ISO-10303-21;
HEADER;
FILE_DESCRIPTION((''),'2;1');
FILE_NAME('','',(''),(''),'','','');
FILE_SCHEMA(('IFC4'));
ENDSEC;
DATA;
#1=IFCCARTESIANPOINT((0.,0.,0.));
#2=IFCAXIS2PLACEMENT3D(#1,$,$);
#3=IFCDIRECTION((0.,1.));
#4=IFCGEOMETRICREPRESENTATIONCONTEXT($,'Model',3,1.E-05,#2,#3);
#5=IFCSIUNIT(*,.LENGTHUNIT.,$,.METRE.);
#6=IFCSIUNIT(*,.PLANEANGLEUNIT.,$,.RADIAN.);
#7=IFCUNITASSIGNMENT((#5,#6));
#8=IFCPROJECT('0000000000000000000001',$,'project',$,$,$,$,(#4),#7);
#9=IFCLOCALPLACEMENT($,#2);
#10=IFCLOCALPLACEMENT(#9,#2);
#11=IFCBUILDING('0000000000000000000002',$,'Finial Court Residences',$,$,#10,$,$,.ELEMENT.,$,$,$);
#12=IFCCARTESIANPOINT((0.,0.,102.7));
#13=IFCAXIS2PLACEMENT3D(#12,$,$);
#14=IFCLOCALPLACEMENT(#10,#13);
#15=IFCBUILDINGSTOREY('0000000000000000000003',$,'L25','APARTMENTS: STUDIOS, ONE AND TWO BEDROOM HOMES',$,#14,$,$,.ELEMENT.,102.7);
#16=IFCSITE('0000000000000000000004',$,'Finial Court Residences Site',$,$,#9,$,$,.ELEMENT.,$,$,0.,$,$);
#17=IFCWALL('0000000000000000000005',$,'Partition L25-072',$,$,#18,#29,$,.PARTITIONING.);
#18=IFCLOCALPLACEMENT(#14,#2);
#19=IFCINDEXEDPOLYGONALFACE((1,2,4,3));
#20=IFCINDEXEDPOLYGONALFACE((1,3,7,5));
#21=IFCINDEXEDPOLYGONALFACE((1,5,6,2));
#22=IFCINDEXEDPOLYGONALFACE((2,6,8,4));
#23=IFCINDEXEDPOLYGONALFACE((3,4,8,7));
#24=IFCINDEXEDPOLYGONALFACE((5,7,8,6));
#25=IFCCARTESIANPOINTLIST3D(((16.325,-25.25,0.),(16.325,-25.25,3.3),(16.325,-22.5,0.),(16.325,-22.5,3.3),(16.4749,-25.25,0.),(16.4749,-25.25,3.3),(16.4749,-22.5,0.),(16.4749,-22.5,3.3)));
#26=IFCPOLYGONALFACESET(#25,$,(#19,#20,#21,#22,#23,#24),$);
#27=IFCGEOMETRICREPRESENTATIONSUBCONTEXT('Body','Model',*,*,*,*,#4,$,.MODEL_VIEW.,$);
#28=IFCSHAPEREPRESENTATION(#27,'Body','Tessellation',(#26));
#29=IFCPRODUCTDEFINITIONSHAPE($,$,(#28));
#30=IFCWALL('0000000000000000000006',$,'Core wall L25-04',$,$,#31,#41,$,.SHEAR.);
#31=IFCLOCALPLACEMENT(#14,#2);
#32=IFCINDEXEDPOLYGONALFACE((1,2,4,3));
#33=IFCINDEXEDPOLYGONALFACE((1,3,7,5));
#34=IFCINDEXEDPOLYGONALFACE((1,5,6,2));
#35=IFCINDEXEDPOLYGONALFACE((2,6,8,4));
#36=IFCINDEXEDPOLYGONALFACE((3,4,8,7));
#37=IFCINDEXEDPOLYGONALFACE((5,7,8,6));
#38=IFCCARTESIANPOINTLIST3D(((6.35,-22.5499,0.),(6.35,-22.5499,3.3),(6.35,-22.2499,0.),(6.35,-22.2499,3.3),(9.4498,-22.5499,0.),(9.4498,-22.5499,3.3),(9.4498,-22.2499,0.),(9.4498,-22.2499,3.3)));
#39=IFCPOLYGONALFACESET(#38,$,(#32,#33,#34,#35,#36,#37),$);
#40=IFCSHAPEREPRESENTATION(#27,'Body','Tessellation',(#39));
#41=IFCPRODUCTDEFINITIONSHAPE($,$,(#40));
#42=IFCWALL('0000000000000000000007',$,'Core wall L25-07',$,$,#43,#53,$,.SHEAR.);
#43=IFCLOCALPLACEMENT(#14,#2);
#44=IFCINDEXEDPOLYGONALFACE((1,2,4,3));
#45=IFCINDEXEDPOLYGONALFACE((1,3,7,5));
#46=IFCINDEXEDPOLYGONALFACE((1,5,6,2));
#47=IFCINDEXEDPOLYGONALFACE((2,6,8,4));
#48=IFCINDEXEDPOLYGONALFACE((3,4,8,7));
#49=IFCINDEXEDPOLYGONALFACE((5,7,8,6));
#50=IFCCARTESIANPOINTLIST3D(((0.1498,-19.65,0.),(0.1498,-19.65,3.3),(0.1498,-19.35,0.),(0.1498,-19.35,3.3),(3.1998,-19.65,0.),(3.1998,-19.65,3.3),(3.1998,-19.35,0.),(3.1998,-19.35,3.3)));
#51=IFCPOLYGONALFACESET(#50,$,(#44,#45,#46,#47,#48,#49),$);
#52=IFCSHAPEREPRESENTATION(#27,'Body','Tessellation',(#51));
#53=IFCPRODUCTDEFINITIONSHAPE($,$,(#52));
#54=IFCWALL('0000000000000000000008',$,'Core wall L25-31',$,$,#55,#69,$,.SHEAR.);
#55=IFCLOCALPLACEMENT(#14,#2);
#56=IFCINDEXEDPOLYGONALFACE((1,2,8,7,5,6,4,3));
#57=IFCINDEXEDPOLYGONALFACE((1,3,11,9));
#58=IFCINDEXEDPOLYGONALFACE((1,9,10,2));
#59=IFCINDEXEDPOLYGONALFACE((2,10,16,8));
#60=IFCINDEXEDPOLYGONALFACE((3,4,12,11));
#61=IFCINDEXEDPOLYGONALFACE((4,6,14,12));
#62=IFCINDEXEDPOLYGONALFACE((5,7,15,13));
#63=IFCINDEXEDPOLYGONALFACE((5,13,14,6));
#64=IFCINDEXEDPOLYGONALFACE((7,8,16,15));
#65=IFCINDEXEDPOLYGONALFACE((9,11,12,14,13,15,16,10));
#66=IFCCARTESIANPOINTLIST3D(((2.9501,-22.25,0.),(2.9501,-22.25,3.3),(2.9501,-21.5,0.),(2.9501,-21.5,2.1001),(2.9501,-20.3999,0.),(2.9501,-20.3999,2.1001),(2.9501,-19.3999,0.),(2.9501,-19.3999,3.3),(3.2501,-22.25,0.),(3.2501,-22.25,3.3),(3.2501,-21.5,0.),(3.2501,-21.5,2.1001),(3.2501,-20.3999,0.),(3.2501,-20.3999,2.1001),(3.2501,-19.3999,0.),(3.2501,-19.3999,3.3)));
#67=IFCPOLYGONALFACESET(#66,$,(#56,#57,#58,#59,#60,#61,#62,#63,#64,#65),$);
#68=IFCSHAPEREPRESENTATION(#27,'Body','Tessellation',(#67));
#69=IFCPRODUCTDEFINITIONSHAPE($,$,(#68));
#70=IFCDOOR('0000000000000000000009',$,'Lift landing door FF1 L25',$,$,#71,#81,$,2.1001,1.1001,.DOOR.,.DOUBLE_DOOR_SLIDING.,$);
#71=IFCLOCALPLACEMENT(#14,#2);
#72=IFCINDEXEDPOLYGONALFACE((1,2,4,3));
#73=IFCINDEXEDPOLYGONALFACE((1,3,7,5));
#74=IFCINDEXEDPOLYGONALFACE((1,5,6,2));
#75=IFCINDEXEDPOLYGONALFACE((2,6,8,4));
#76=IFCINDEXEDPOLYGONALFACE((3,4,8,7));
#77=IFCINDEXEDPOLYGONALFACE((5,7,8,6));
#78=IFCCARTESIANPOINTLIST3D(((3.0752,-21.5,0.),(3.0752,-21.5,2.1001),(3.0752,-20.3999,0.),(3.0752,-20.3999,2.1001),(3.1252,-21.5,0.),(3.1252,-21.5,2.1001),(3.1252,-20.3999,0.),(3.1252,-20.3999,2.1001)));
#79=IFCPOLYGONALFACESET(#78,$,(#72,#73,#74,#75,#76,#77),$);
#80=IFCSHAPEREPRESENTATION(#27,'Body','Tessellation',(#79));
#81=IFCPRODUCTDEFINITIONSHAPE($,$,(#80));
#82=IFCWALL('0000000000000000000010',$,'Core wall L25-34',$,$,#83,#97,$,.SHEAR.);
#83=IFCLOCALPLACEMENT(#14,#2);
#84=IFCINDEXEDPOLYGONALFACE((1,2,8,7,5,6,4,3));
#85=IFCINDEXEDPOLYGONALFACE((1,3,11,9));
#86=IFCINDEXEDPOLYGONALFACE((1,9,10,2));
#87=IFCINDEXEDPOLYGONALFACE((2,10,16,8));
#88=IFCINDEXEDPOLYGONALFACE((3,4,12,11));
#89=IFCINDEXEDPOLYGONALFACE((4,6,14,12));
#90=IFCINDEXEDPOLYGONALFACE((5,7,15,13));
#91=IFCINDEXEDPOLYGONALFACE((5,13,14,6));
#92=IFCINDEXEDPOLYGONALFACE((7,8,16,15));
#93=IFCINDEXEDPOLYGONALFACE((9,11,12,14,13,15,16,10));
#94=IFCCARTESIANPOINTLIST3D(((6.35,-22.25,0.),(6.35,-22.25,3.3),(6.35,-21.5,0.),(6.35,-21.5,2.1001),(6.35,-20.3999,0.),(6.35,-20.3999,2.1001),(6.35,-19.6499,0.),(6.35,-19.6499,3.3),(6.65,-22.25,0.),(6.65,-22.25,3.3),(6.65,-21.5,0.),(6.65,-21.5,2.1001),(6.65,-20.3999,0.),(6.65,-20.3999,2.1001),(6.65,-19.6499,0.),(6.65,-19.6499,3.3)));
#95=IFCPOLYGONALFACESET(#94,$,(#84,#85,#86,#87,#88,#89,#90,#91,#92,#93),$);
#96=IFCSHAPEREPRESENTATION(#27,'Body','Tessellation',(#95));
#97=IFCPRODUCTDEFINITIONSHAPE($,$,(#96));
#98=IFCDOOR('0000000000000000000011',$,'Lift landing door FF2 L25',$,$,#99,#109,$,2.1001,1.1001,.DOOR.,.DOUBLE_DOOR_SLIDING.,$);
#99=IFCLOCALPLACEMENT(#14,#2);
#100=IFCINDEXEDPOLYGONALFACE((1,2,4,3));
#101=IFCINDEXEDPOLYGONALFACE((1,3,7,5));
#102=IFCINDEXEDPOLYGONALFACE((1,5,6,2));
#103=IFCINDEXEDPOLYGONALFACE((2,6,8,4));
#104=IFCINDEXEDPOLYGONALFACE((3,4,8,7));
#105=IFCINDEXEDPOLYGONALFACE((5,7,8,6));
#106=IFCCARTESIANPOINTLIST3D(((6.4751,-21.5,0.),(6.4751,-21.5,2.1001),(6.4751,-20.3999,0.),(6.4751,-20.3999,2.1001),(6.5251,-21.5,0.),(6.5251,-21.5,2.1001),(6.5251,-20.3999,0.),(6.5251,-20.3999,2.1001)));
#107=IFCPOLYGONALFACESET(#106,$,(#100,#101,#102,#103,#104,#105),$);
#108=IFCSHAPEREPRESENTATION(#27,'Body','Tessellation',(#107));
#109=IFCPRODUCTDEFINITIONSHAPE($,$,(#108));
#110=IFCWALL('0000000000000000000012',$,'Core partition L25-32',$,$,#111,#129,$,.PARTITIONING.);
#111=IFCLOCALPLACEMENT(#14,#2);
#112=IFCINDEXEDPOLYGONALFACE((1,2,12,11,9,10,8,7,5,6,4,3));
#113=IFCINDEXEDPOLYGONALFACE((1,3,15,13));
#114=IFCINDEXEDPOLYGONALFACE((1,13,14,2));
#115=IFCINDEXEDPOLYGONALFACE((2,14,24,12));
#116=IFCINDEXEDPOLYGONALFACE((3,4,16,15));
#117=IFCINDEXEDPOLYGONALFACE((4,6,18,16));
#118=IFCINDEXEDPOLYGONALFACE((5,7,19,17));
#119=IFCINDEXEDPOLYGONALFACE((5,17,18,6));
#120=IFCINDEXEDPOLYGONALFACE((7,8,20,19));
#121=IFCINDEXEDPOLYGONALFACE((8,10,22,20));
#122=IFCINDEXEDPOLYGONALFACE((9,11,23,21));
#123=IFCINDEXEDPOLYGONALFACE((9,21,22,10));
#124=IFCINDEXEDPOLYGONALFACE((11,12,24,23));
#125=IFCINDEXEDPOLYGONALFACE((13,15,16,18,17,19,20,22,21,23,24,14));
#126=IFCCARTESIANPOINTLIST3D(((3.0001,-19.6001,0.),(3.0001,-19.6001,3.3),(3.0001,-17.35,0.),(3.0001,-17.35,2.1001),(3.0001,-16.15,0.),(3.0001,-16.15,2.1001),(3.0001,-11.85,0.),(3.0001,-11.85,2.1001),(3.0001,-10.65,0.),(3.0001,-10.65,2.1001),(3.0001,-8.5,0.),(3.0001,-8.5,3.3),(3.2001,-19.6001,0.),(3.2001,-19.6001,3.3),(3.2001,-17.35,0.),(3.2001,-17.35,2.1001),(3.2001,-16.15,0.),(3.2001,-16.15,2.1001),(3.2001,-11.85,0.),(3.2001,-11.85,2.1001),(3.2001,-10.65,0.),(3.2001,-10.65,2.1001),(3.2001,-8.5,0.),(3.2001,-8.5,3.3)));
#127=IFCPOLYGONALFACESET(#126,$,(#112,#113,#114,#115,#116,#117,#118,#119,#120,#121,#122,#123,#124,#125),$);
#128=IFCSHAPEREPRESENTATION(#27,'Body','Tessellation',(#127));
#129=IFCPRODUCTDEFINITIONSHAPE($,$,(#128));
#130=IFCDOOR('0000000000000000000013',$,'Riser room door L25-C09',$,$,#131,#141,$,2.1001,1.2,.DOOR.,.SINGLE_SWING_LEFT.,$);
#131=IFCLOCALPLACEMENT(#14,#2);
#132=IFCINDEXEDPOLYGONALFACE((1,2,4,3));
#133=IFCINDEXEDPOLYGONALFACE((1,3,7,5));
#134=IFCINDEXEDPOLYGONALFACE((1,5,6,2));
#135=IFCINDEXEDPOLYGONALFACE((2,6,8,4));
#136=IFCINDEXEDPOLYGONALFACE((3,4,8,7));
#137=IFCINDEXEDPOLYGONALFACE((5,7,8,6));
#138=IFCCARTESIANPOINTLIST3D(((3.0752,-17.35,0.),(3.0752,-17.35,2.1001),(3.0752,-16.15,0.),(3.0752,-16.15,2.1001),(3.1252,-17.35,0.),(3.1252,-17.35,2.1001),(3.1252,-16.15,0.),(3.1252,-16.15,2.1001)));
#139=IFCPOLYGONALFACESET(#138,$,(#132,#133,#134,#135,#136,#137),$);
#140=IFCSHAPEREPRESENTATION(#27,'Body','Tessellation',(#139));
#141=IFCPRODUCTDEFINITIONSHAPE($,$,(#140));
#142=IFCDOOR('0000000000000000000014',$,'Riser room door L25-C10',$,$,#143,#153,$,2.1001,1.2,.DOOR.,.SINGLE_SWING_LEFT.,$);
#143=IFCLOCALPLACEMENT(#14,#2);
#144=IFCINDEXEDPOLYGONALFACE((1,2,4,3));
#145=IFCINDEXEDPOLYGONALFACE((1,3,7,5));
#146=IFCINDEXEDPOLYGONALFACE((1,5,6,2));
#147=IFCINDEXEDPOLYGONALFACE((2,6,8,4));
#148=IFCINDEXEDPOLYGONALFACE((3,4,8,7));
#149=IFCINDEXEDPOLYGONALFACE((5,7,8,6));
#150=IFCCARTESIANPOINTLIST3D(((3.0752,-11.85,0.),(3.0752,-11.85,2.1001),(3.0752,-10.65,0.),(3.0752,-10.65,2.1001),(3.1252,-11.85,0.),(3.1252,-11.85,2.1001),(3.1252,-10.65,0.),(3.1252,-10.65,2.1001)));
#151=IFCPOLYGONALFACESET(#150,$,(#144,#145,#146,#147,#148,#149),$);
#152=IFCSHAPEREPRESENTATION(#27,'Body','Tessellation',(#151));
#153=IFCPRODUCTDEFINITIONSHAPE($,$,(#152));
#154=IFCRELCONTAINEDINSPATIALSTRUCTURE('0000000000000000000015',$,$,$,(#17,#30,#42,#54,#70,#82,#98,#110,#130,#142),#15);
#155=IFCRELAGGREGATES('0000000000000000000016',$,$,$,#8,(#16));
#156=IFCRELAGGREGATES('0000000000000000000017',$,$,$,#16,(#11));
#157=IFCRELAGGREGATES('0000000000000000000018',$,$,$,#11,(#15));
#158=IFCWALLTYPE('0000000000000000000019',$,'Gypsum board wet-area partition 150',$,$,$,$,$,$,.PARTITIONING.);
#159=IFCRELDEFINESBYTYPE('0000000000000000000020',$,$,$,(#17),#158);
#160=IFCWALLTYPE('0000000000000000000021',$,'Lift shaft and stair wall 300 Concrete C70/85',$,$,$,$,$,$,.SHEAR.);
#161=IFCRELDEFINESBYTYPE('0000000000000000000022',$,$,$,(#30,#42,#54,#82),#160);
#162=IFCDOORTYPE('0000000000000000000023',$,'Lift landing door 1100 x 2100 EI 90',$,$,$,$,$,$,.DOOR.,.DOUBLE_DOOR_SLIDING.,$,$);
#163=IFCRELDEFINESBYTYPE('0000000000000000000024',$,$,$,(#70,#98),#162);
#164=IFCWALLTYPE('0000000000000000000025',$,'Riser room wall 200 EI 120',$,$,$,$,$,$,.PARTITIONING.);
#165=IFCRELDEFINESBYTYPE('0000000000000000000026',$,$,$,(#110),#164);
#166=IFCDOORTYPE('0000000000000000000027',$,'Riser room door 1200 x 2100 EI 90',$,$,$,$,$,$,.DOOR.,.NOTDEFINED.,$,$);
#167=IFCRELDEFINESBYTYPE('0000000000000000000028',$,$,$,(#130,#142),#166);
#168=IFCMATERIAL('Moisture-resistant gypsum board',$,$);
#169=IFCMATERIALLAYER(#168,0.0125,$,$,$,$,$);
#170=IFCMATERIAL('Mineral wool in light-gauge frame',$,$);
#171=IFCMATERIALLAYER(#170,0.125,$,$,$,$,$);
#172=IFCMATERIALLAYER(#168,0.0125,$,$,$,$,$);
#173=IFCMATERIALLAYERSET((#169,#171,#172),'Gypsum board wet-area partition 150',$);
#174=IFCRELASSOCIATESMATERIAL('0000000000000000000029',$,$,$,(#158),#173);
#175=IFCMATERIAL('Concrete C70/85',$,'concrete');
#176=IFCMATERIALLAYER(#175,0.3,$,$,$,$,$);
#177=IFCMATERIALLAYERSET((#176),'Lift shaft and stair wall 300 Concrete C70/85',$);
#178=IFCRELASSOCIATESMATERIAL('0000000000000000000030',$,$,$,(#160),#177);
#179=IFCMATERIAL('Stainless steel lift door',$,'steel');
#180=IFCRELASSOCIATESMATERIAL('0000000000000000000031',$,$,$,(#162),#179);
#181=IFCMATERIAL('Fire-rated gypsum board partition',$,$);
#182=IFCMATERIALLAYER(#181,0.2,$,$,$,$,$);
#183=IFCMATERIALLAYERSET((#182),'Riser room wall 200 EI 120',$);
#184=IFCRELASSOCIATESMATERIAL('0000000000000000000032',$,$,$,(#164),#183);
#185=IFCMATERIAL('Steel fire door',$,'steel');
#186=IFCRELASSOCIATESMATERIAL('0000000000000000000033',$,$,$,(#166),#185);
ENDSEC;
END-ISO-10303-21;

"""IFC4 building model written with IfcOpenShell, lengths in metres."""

from ifc_helpers import new_model, si_unit, direction, frame, frame_2d, origin, place, context, subcontext, project, spatial, rectangle, extrude, material, layer, layer_set, type_object, element, fill, save


model = new_model("IFC4")

# Units and contexts
model_context = context("Model", 3, precision=1e-05, world=origin(), true_north=direction((0.0, 1.0)))
body_context = subcontext(model_context, "Body", "Model", "MODEL_VIEW")
ifc_project = project(units=[si_unit("LENGTHUNIT", "METRE"), si_unit("PLANEANGLEUNIT", "RADIAN")], contexts=[model_context])

# Site, building, storey
site_placement = place(None, origin())
site = spatial("IfcSite", under=ifc_project, at=site_placement, Name="Finial Court Residences Site", CompositionType="ELEMENT", RefElevation=0.0)
building_placement = place(site_placement, origin())
building = spatial("IfcBuilding", under=site, at=building_placement, Name="Finial Court Residences", CompositionType="ELEMENT")
storey_placement = place(building_placement, frame((0.0, 0.0, 102.7)))
storey = spatial("IfcBuildingStorey", under=building, at=storey_placement, Name="L25", Description="APARTMENTS: STUDIOS, ONE AND TWO BEDROOM HOMES", CompositionType="ELEMENT", Elevation=102.7)

# Shared definitions
ifc_material_1 = material(Name="Concrete C70/85", Category="concrete")

# Shared definitions
ifc_material_2 = material(Name="Fire-rated gypsum board partition")
ifc_material_3 = material(Name="Steel fire door", Category="steel")
ifc_material_4 = material(Name="Moisture-resistant gypsum board")
ifc_layer_1 = layer(ifc_material_4, 0.0125)
ifc_material_5 = material(Name="Mineral wool in light-gauge frame")
ifc_layer_2 = layer(ifc_material_5, 0.125)
ifc_layer_3 = layer(ifc_material_4, 0.0125)
ifc_layer_set_1 = layer_set([ifc_layer_1, ifc_layer_2, ifc_layer_3], Name="Gypsum board wet-area partition 150")
wall_type_1 = type_object("IfcWallType", Name="Gypsum board wet-area partition 150", PredefinedType="PARTITIONING", material=ifc_layer_set_1)

# Walls
wall_1_placement = place(storey_placement, frame((16.3999, -25.25, 0.0), z_axis=(0.0, 0.0, 1.0), x_axis=(0.0, 1.0, 0.0)))
element("IfcWall", 1, at=wall_1_placement, inside=storey, type_object=wall_type_1, Name="Partition L25-072", PredefinedType="PARTITIONING", context=body_context, shape_type="SweptSolid", body=[
    extrude(rectangle(XDim=2.75, YDim=0.1499, at=frame_2d((1.375, 0.0))), origin(), (0.0, 0.0, 1.0), 3.3),
])
ifc_layer_4 = layer(ifc_material_1, 0.3)
ifc_layer_set_2 = layer_set([ifc_layer_4], Name="Lift shaft and stair wall 300 Concrete C70/85")
wall_type_2 = type_object("IfcWallType", Name="Lift shaft and stair wall 300 Concrete C70/85", PredefinedType="SHEAR", material=ifc_layer_set_2)
wall_2_placement = place(storey_placement, frame((6.3501, -22.3999, 0.0), z_axis=(0.0, 0.0, 1.0), x_axis=(1.0, 0.0, 0.0)))
element("IfcWall", 2, at=wall_2_placement, inside=storey, type_object=wall_type_2, Name="Core wall L25-04", PredefinedType="SHEAR", context=body_context, shape_type="SweptSolid", body=[
    extrude(rectangle(XDim=3.0999, YDim=0.3, at=frame_2d((1.5498, 0.0))), origin(), (0.0, 0.0, 1.0), 3.3),
])
wall_3_placement = place(storey_placement, frame((0.1499, -19.5, 0.0), z_axis=(0.0, 0.0, 1.0), x_axis=(1.0, 0.0, 0.0)))
element("IfcWall", 3, at=wall_3_placement, inside=storey, type_object=wall_type_2, Name="Core wall L25-07", PredefinedType="SHEAR", context=body_context, shape_type="SweptSolid", body=[
    extrude(rectangle(XDim=3.05, YDim=0.3, at=frame_2d((1.5249, 0.0))), origin(), (0.0, 0.0, 1.0), 3.3),
])

# Walls, openings, doors
wall_4_placement = place(storey_placement, frame((3.1001, -22.25, 0.0), z_axis=(0.0, 0.0, 1.0), x_axis=(0.0, 1.0, 0.0)))
wall_4 = element("IfcWall", 4, at=wall_4_placement, inside=storey, type_object=wall_type_2, Name="Core wall L25-31", PredefinedType="SHEAR", context=body_context, shape_type="SweptSolid", body=[
    extrude(rectangle(XDim=2.8501, YDim=0.3, at=frame_2d((1.425, 0.0))), origin(), (0.0, 0.0, 1.0), 3.3),
])
opening_1_placement = place(wall_4_placement, frame((0.75, 0.0, 0.0)))
opening_1 = element("IfcOpeningElement", 5, at=opening_1_placement, cuts=wall_4, PredefinedType="OPENING", context=body_context, shape_type="SweptSolid", body=[
    extrude(rectangle(XDim=1.1001, YDim=2.1001, at=frame_2d((0.55, 1.05))), frame((0.0, 0.1599, 0.0), z_axis=(0.0, -1.0, 0.0), x_axis=(1.0, 0.0, 0.0)), (0.0, 0.0, 1.0), 0.3201),
])
ifc_material_6 = material(Name="Stainless steel lift door", Category="steel")
door_type_1 = type_object("IfcDoorType", Name="Lift landing door 1100 x 2100 EI 90", OperationType="DOUBLE_DOOR_SLIDING", PredefinedType="DOOR", material=ifc_material_6)
door_1_placement = place(opening_1_placement, origin())
door_1 = element("IfcDoor", 6, at=door_1_placement, inside=storey, type_object=door_type_1, Name="Lift landing door FF1 L25", OperationType="DOUBLE_DOOR_SLIDING", OverallHeight=2.1001, OverallWidth=1.1001, PredefinedType="DOOR", context=body_context, shape_type="SweptSolid", body=[
    extrude(rectangle(XDim=1.1001, YDim=2.1001, at=frame_2d((0.55, 1.05))), frame((0.0, 0.0249, 0.0), z_axis=(0.0, -1.0, 0.0), x_axis=(1.0, 0.0, 0.0)), (0.0, 0.0, 1.0), 0.05),
])
fill(opening_1, door_1)
wall_5_placement = place(storey_placement, frame((6.5, -22.25, 0.0), z_axis=(0.0, 0.0, 1.0), x_axis=(0.0, 1.0, 0.0)))
wall_5 = element("IfcWall", 7, at=wall_5_placement, inside=storey, type_object=wall_type_2, Name="Core wall L25-34", PredefinedType="SHEAR", context=body_context, shape_type="SweptSolid", body=[
    extrude(rectangle(XDim=2.6001, YDim=0.3, at=frame_2d((1.3, 0.0))), origin(), (0.0, 0.0, 1.0), 3.3),
])
opening_2_placement = place(wall_5_placement, frame((0.75, 0.0, 0.0)))
opening_2 = element("IfcOpeningElement", 8, at=opening_2_placement, cuts=wall_5, PredefinedType="OPENING", context=body_context, shape_type="SweptSolid", body=[
    extrude(rectangle(XDim=1.1001, YDim=2.1001, at=frame_2d((0.55, 1.05))), frame((0.0, 0.1599, 0.0), z_axis=(0.0, -1.0, 0.0), x_axis=(1.0, 0.0, 0.0)), (0.0, 0.0, 1.0), 0.3201),
])
door_2_placement = place(opening_2_placement, origin())
door_2 = element("IfcDoor", 9, at=door_2_placement, inside=storey, type_object=door_type_1, Name="Lift landing door FF2 L25", OperationType="DOUBLE_DOOR_SLIDING", OverallHeight=2.1001, OverallWidth=1.1001, PredefinedType="DOOR", context=body_context, shape_type="SweptSolid", body=[
    extrude(rectangle(XDim=1.1001, YDim=2.1001, at=frame_2d((0.55, 1.05))), frame((0.0, 0.0249, 0.0), z_axis=(0.0, -1.0, 0.0), x_axis=(1.0, 0.0, 0.0)), (0.0, 0.0, 1.0), 0.05),
])
fill(opening_2, door_2)

# Wall, openings, doors
ifc_layer_5 = layer(ifc_material_2, 0.2)
ifc_layer_set_3 = layer_set([ifc_layer_5], Name="Riser room wall 200 EI 120")
wall_type_3 = type_object("IfcWallType", Name="Riser room wall 200 EI 120", PredefinedType="PARTITIONING", material=ifc_layer_set_3)
wall_6_placement = place(storey_placement, frame((3.1001, -19.6001, 0.0), z_axis=(0.0, 0.0, 1.0), x_axis=(0.0, 1.0, 0.0)))
wall_6 = element("IfcWall", 10, at=wall_6_placement, inside=storey, type_object=wall_type_3, Name="Core partition L25-32", PredefinedType="PARTITIONING", context=body_context, shape_type="SweptSolid", body=[
    extrude(rectangle(XDim=11.1001, YDim=0.2, at=frame_2d((5.55, 0.0))), origin(), (0.0, 0.0, 1.0), 3.3),
])
opening_3_placement = place(wall_6_placement, frame((2.25, 0.0, 0.0)))
opening_3 = element("IfcOpeningElement", 11, at=opening_3_placement, cuts=wall_6, PredefinedType="OPENING", context=body_context, shape_type="SweptSolid", body=[
    extrude(rectangle(XDim=1.2, YDim=2.1001, at=frame_2d((0.6001, 1.05))), frame((0.0, 0.1099, 0.0), z_axis=(0.0, -1.0, 0.0), x_axis=(1.0, 0.0, 0.0)), (0.0, 0.0, 1.0), 0.22),
])
opening_4_placement = place(wall_6_placement, frame((7.75, 0.0, 0.0)))
opening_4 = element("IfcOpeningElement", 12, at=opening_4_placement, cuts=wall_6, PredefinedType="OPENING", context=body_context, shape_type="SweptSolid", body=[
    extrude(rectangle(XDim=1.2, YDim=2.1001, at=frame_2d((0.6001, 1.05))), frame((0.0, 0.1099, 0.0), z_axis=(0.0, -1.0, 0.0), x_axis=(1.0, 0.0, 0.0)), (0.0, 0.0, 1.0), 0.22),
])
door_type_2 = type_object("IfcDoorType", Name="Riser room door 1200 x 2100 EI 90", OperationType="NOTDEFINED", PredefinedType="DOOR", material=ifc_material_3)
door_3_placement = place(opening_3_placement, origin())
door_3 = element("IfcDoor", 13, at=door_3_placement, inside=storey, type_object=door_type_2, Name="Riser room door L25-C09", OperationType="SINGLE_SWING_LEFT", OverallHeight=2.1001, OverallWidth=1.2, PredefinedType="DOOR", context=body_context, shape_type="SweptSolid", body=[
    extrude(rectangle(XDim=1.2, YDim=2.1001, at=frame_2d((0.6001, 1.05))), frame((0.0, 0.0249, 0.0), z_axis=(0.0, -1.0, 0.0), x_axis=(1.0, 0.0, 0.0)), (0.0, 0.0, 1.0), 0.05),
])
fill(opening_3, door_3)
door_4_placement = place(opening_4_placement, origin())
door_4 = element("IfcDoor", 14, at=door_4_placement, inside=storey, type_object=door_type_2, Name="Riser room door L25-C10", OperationType="SINGLE_SWING_LEFT", OverallHeight=2.1001, OverallWidth=1.2, PredefinedType="DOOR", context=body_context, shape_type="SweptSolid", body=[
    extrude(rectangle(XDim=1.2, YDim=2.1001, at=frame_2d((0.6001, 1.05))), frame((0.0, 0.0249, 0.0), z_axis=(0.0, -1.0, 0.0), x_axis=(1.0, 0.0, 0.0)), (0.0, 0.0, 1.0), 0.05),
])
fill(opening_4, door_4)

save(model, "model.ifc")
